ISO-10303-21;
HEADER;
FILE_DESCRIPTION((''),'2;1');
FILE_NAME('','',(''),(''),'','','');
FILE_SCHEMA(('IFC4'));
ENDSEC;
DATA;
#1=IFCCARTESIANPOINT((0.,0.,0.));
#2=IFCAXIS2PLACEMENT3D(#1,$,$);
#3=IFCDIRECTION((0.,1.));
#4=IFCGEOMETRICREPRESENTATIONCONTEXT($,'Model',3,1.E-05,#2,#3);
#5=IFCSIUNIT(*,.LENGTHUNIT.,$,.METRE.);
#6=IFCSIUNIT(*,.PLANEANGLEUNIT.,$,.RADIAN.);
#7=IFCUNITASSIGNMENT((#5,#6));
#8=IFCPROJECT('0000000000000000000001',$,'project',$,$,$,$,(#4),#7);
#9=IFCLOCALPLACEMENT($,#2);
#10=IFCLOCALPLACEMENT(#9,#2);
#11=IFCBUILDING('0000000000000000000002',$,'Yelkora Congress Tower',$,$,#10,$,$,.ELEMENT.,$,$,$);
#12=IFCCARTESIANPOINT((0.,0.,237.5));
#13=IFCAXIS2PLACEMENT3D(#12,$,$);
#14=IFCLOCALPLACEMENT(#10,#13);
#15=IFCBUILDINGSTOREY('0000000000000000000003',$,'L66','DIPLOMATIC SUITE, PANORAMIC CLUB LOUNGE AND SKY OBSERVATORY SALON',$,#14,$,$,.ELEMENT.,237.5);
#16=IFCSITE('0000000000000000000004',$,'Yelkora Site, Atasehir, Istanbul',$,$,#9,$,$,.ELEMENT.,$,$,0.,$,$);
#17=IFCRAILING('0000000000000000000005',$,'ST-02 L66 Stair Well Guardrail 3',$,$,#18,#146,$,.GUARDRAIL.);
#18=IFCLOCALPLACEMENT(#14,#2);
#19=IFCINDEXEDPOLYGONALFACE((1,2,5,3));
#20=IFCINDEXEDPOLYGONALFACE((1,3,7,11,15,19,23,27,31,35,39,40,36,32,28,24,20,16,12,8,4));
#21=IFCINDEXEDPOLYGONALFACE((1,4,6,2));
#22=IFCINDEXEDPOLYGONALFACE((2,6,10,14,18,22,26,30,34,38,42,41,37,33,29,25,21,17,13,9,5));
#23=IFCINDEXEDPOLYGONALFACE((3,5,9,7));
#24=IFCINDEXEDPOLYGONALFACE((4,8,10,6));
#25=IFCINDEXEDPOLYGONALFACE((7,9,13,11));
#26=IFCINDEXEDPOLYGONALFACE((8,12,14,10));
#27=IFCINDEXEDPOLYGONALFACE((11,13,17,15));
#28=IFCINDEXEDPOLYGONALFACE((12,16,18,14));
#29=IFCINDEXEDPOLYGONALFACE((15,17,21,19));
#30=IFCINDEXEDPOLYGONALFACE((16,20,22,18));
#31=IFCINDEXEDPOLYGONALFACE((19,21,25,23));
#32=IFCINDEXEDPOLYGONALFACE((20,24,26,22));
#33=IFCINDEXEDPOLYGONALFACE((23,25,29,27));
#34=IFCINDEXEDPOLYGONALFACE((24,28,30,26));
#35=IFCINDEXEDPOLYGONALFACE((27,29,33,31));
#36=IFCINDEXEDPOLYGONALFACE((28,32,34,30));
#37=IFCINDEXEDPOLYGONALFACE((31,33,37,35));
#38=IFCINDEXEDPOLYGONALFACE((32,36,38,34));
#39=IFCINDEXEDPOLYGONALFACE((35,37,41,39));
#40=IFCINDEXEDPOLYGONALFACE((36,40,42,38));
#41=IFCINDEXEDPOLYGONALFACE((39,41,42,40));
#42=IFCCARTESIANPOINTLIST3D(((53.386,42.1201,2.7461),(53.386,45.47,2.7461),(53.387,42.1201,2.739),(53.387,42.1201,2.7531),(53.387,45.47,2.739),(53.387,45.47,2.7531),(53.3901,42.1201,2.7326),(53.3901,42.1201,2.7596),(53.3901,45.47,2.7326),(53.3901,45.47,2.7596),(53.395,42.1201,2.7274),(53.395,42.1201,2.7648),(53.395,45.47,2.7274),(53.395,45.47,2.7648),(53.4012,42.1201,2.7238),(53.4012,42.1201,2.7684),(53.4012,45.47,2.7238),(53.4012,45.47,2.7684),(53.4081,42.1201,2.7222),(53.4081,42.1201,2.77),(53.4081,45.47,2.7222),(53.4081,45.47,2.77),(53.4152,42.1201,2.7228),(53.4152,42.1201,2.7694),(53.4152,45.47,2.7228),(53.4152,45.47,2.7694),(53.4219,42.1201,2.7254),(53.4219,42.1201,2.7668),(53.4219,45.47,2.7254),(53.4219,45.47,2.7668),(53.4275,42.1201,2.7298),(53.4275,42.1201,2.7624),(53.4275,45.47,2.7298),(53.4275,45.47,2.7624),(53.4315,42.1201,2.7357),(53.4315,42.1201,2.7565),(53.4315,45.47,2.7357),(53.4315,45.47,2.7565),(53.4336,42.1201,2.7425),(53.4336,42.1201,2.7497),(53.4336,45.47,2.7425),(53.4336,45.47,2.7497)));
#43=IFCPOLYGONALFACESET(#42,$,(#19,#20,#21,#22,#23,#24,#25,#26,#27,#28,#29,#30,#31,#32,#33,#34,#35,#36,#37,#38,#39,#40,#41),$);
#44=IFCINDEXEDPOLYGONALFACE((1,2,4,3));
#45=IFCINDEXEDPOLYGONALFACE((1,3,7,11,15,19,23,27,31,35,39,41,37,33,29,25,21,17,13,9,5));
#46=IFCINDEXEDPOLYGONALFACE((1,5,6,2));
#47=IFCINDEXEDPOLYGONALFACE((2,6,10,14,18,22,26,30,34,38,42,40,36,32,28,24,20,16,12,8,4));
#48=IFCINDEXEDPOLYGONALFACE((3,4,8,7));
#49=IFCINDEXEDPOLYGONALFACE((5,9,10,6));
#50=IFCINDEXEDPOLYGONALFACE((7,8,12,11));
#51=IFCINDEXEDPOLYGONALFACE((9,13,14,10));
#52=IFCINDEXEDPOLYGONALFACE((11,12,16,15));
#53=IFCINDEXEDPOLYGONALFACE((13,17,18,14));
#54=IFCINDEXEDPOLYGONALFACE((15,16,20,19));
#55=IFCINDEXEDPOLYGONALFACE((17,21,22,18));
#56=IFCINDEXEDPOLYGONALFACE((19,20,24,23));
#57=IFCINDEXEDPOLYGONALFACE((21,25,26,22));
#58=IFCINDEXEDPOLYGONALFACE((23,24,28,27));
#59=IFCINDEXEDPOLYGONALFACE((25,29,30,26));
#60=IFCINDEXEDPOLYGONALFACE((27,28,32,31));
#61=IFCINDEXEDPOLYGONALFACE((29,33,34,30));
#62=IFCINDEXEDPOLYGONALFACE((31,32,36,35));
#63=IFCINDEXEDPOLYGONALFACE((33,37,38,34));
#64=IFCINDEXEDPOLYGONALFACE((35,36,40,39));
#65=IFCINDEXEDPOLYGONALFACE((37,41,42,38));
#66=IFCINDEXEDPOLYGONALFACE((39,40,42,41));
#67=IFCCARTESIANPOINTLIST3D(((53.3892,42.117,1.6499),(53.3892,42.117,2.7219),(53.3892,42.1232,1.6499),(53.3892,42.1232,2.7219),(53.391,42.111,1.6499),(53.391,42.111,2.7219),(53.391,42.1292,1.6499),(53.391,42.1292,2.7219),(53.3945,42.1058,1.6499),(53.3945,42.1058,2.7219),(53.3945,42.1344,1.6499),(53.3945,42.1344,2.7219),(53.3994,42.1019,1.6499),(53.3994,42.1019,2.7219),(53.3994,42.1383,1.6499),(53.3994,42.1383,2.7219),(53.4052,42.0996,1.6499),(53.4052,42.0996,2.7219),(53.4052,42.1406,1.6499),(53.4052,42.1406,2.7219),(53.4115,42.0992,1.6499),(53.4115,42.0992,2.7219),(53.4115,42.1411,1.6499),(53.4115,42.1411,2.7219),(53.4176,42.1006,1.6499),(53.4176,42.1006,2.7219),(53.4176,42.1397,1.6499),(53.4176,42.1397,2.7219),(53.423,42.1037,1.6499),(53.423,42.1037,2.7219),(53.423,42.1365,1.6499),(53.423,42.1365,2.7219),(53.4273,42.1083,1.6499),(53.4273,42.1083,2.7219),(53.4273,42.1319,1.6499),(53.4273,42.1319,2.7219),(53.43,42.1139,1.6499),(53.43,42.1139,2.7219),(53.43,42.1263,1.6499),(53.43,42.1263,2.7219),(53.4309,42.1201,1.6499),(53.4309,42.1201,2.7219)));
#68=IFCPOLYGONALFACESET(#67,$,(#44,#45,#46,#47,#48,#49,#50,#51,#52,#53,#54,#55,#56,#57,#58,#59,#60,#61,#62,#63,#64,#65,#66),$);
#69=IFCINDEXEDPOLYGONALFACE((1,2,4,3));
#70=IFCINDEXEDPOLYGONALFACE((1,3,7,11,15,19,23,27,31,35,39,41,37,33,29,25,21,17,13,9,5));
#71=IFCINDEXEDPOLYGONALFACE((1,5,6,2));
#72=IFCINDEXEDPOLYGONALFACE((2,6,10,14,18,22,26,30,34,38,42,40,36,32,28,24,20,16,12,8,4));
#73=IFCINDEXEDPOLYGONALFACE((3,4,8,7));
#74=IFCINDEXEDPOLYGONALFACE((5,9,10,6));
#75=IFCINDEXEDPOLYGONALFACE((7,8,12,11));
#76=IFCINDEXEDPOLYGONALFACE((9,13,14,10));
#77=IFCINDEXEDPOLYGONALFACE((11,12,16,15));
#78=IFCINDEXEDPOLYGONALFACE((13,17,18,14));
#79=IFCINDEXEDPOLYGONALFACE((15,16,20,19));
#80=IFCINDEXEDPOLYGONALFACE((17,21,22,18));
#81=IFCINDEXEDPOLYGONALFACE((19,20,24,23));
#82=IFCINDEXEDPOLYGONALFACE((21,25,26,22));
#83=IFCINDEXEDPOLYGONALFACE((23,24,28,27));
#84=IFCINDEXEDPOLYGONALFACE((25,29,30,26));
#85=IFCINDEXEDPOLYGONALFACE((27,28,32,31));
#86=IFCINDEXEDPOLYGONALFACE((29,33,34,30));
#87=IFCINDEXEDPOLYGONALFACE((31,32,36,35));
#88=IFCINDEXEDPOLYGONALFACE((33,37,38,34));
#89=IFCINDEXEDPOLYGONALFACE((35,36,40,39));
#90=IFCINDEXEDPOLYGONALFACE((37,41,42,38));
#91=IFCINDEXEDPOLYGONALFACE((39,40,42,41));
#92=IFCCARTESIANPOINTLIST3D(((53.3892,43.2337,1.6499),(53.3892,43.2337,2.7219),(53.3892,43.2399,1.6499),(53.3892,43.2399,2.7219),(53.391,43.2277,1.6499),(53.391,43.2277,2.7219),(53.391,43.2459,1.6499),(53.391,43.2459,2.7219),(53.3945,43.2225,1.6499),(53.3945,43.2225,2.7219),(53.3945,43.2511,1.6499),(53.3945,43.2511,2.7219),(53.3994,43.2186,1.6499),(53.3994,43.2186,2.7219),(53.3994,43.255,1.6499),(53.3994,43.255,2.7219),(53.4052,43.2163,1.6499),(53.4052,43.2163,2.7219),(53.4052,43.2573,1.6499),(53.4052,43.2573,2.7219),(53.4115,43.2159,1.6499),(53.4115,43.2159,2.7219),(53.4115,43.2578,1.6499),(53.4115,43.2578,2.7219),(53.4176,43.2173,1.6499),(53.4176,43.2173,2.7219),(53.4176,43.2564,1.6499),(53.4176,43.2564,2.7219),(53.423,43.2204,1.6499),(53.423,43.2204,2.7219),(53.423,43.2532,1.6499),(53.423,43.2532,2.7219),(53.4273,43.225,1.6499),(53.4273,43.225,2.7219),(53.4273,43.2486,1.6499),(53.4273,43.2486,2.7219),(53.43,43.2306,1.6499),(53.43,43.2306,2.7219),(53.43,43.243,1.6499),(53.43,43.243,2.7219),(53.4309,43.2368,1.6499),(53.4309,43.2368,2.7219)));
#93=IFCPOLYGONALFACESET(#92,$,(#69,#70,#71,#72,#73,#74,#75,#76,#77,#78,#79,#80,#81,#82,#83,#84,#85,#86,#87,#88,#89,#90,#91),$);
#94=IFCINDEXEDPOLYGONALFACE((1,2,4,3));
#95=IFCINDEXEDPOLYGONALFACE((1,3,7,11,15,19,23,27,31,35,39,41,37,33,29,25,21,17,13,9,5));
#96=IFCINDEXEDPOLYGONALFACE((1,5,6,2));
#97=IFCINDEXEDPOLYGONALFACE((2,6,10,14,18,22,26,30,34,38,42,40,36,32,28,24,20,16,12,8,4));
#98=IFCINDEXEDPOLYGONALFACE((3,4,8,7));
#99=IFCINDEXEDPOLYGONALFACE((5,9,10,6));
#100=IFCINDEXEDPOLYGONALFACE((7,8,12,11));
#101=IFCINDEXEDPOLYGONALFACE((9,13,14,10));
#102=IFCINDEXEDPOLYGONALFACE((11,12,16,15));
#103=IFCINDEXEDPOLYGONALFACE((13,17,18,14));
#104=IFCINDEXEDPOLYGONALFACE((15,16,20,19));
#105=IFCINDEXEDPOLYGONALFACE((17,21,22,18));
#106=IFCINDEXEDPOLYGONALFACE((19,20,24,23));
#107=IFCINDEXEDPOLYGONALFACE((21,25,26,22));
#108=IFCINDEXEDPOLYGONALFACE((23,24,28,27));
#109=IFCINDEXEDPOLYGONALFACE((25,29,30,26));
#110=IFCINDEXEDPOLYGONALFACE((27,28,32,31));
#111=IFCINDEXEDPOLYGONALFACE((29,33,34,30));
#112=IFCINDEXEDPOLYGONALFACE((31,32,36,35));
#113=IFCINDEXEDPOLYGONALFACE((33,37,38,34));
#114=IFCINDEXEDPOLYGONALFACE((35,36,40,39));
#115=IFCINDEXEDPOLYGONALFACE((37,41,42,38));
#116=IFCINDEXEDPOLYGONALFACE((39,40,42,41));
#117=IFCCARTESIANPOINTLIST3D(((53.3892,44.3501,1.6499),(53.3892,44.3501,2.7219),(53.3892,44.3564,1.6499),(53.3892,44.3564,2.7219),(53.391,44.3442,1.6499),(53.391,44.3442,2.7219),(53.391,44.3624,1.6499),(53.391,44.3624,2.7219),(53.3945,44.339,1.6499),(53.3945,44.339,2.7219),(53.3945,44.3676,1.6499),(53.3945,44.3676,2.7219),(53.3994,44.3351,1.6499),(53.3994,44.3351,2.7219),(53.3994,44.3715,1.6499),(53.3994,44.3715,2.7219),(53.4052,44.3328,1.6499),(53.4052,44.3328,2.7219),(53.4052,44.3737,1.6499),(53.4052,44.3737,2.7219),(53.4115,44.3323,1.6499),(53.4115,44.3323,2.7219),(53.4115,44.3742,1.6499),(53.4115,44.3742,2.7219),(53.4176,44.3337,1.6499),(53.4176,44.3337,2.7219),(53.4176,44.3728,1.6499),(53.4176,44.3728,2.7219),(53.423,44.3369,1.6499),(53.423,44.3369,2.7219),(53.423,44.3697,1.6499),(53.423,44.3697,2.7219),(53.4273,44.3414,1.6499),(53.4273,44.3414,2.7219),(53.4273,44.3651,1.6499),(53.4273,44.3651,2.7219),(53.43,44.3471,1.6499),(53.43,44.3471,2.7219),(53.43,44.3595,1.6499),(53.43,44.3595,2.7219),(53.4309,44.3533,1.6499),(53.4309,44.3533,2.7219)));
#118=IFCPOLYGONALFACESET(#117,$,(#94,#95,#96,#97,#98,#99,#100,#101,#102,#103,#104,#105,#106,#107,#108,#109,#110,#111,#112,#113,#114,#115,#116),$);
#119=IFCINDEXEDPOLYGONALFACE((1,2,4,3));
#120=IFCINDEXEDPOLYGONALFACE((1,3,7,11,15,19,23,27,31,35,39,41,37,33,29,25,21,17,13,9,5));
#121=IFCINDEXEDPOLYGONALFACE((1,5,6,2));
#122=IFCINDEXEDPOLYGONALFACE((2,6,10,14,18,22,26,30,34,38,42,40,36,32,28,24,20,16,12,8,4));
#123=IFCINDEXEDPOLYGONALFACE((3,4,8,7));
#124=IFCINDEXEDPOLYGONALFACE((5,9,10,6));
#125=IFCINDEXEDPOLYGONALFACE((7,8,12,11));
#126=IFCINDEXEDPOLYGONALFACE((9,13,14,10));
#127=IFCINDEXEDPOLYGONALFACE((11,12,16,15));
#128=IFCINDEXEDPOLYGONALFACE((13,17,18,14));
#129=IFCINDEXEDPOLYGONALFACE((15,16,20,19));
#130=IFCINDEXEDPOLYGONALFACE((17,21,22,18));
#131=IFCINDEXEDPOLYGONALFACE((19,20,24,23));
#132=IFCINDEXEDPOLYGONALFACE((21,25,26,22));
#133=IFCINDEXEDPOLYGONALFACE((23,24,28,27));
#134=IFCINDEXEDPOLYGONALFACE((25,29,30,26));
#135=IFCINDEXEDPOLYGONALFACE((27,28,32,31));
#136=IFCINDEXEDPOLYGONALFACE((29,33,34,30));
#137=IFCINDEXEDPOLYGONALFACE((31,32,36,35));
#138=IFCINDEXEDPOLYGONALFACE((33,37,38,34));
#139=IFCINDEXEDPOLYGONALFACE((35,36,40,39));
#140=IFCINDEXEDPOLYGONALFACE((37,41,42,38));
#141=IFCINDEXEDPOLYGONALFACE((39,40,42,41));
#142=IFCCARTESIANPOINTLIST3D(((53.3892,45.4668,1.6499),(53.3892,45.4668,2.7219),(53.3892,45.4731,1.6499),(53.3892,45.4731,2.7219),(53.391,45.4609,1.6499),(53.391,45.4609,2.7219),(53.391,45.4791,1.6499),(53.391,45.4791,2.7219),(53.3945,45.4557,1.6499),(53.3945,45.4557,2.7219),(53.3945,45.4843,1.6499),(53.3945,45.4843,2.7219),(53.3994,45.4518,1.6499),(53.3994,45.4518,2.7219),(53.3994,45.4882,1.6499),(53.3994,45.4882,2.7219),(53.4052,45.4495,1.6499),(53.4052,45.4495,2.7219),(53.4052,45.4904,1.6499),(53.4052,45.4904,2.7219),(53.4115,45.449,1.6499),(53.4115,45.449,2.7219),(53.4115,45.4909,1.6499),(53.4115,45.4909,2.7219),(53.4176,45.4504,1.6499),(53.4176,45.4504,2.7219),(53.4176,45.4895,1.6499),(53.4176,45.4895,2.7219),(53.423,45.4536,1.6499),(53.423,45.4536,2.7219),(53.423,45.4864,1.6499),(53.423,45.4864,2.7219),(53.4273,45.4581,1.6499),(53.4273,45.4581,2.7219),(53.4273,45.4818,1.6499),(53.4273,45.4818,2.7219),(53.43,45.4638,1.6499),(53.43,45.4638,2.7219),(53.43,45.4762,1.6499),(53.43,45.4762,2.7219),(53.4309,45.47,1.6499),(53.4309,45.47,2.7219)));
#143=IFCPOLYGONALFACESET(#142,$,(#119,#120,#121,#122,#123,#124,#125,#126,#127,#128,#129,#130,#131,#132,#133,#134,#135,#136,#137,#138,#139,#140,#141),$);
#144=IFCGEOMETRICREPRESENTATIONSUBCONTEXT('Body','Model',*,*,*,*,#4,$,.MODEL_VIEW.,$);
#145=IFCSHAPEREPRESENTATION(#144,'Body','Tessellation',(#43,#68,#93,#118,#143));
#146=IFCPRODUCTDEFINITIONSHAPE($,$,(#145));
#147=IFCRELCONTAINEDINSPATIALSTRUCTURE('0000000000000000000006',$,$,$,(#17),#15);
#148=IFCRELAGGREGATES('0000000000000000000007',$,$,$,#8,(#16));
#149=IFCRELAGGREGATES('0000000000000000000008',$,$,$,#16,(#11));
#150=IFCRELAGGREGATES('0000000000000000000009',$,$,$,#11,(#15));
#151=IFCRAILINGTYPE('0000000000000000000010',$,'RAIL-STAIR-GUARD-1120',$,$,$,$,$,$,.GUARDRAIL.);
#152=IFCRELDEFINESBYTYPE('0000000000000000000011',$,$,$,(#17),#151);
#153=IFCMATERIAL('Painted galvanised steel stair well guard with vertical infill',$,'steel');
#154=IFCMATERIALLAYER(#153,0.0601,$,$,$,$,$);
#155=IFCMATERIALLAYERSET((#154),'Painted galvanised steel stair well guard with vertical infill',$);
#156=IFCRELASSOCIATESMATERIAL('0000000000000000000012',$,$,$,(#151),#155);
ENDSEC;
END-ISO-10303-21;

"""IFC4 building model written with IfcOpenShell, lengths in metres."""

from ifc_helpers import new_model, si_unit, direction, frame, origin, origin_2d, place, context, subcontext, project, spatial, circle, extrude, material, layer, layer_set, type_object, element, save


model = new_model("IFC4")

# Units and contexts
model_context = context("Model", 3, precision=1e-05, world=origin(), true_north=direction((0.0, 1.0)))
body_context = subcontext(model_context, "Body", "Model", "MODEL_VIEW")
ifc_project = project(units=[si_unit("LENGTHUNIT", "METRE"), si_unit("PLANEANGLEUNIT", "RADIAN")], contexts=[model_context])

# Site, building, storey
site_placement = place(None, origin())
site = spatial("IfcSite", under=ifc_project, at=site_placement, Name="Yelkora Site, Atasehir, Istanbul", CompositionType="ELEMENT", RefElevation=0.0)
building_placement = place(site_placement, origin())
building = spatial("IfcBuilding", under=site, at=building_placement, Name="Yelkora Congress Tower", CompositionType="ELEMENT")
storey_placement = place(building_placement, frame((0.0, 0.0, 237.5)))
storey = spatial("IfcBuildingStorey", under=building, at=storey_placement, Name="L66", Description="DIPLOMATIC SUITE, PANORAMIC CLUB LOUNGE AND SKY OBSERVATORY SALON", CompositionType="ELEMENT", Elevation=237.5)

# Railing
ifc_material_1 = material(Name="Painted galvanised steel stair well guard with vertical infill", Category="steel")
ifc_layer_1 = layer(ifc_material_1, 0.0601)
ifc_layer_set_1 = layer_set([ifc_layer_1], Name="Painted galvanised steel stair well guard with vertical infill")
railing_type_1 = type_object("IfcRailingType", Name="RAIL-STAIR-GUARD-1120", PredefinedType="GUARDRAIL", material=ifc_layer_set_1)
railing_1_placement = place(storey_placement, frame((53.4099, 42.1201, 1.6499)))
element("IfcRailing", 1, at=railing_1_placement, inside=storey, type_object=railing_type_1, Name="ST-02 L66 Stair Well Guardrail 3", PredefinedType="GUARDRAIL", context=body_context, shape_type="SweptSolid", body=[
    extrude(circle(Radius=0.0239, at=origin_2d()), frame((0.0, 0.0, 1.0962), z_axis=(0.0, 1.0, 0.0), x_axis=(-1.0, 0.0, 0.0)), (0.0, 0.0, 1.0), 3.3499),
    extrude(circle(Radius=0.021, at=origin_2d()), origin(), (0.0, 0.0, 1.0), 1.072),
    extrude(circle(Radius=0.021, at=origin_2d()), frame((0.0, 1.1167, 0.0)), (0.0, 0.0, 1.0), 1.072),
    extrude(circle(Radius=0.021, at=origin_2d()), frame((0.0, 2.2332, 0.0)), (0.0, 0.0, 1.0), 1.072),
    extrude(circle(Radius=0.021, at=origin_2d()), frame((0.0, 3.3499, 0.0)), (0.0, 0.0, 1.0), 1.072),
])

save(model, "model.ifc")
